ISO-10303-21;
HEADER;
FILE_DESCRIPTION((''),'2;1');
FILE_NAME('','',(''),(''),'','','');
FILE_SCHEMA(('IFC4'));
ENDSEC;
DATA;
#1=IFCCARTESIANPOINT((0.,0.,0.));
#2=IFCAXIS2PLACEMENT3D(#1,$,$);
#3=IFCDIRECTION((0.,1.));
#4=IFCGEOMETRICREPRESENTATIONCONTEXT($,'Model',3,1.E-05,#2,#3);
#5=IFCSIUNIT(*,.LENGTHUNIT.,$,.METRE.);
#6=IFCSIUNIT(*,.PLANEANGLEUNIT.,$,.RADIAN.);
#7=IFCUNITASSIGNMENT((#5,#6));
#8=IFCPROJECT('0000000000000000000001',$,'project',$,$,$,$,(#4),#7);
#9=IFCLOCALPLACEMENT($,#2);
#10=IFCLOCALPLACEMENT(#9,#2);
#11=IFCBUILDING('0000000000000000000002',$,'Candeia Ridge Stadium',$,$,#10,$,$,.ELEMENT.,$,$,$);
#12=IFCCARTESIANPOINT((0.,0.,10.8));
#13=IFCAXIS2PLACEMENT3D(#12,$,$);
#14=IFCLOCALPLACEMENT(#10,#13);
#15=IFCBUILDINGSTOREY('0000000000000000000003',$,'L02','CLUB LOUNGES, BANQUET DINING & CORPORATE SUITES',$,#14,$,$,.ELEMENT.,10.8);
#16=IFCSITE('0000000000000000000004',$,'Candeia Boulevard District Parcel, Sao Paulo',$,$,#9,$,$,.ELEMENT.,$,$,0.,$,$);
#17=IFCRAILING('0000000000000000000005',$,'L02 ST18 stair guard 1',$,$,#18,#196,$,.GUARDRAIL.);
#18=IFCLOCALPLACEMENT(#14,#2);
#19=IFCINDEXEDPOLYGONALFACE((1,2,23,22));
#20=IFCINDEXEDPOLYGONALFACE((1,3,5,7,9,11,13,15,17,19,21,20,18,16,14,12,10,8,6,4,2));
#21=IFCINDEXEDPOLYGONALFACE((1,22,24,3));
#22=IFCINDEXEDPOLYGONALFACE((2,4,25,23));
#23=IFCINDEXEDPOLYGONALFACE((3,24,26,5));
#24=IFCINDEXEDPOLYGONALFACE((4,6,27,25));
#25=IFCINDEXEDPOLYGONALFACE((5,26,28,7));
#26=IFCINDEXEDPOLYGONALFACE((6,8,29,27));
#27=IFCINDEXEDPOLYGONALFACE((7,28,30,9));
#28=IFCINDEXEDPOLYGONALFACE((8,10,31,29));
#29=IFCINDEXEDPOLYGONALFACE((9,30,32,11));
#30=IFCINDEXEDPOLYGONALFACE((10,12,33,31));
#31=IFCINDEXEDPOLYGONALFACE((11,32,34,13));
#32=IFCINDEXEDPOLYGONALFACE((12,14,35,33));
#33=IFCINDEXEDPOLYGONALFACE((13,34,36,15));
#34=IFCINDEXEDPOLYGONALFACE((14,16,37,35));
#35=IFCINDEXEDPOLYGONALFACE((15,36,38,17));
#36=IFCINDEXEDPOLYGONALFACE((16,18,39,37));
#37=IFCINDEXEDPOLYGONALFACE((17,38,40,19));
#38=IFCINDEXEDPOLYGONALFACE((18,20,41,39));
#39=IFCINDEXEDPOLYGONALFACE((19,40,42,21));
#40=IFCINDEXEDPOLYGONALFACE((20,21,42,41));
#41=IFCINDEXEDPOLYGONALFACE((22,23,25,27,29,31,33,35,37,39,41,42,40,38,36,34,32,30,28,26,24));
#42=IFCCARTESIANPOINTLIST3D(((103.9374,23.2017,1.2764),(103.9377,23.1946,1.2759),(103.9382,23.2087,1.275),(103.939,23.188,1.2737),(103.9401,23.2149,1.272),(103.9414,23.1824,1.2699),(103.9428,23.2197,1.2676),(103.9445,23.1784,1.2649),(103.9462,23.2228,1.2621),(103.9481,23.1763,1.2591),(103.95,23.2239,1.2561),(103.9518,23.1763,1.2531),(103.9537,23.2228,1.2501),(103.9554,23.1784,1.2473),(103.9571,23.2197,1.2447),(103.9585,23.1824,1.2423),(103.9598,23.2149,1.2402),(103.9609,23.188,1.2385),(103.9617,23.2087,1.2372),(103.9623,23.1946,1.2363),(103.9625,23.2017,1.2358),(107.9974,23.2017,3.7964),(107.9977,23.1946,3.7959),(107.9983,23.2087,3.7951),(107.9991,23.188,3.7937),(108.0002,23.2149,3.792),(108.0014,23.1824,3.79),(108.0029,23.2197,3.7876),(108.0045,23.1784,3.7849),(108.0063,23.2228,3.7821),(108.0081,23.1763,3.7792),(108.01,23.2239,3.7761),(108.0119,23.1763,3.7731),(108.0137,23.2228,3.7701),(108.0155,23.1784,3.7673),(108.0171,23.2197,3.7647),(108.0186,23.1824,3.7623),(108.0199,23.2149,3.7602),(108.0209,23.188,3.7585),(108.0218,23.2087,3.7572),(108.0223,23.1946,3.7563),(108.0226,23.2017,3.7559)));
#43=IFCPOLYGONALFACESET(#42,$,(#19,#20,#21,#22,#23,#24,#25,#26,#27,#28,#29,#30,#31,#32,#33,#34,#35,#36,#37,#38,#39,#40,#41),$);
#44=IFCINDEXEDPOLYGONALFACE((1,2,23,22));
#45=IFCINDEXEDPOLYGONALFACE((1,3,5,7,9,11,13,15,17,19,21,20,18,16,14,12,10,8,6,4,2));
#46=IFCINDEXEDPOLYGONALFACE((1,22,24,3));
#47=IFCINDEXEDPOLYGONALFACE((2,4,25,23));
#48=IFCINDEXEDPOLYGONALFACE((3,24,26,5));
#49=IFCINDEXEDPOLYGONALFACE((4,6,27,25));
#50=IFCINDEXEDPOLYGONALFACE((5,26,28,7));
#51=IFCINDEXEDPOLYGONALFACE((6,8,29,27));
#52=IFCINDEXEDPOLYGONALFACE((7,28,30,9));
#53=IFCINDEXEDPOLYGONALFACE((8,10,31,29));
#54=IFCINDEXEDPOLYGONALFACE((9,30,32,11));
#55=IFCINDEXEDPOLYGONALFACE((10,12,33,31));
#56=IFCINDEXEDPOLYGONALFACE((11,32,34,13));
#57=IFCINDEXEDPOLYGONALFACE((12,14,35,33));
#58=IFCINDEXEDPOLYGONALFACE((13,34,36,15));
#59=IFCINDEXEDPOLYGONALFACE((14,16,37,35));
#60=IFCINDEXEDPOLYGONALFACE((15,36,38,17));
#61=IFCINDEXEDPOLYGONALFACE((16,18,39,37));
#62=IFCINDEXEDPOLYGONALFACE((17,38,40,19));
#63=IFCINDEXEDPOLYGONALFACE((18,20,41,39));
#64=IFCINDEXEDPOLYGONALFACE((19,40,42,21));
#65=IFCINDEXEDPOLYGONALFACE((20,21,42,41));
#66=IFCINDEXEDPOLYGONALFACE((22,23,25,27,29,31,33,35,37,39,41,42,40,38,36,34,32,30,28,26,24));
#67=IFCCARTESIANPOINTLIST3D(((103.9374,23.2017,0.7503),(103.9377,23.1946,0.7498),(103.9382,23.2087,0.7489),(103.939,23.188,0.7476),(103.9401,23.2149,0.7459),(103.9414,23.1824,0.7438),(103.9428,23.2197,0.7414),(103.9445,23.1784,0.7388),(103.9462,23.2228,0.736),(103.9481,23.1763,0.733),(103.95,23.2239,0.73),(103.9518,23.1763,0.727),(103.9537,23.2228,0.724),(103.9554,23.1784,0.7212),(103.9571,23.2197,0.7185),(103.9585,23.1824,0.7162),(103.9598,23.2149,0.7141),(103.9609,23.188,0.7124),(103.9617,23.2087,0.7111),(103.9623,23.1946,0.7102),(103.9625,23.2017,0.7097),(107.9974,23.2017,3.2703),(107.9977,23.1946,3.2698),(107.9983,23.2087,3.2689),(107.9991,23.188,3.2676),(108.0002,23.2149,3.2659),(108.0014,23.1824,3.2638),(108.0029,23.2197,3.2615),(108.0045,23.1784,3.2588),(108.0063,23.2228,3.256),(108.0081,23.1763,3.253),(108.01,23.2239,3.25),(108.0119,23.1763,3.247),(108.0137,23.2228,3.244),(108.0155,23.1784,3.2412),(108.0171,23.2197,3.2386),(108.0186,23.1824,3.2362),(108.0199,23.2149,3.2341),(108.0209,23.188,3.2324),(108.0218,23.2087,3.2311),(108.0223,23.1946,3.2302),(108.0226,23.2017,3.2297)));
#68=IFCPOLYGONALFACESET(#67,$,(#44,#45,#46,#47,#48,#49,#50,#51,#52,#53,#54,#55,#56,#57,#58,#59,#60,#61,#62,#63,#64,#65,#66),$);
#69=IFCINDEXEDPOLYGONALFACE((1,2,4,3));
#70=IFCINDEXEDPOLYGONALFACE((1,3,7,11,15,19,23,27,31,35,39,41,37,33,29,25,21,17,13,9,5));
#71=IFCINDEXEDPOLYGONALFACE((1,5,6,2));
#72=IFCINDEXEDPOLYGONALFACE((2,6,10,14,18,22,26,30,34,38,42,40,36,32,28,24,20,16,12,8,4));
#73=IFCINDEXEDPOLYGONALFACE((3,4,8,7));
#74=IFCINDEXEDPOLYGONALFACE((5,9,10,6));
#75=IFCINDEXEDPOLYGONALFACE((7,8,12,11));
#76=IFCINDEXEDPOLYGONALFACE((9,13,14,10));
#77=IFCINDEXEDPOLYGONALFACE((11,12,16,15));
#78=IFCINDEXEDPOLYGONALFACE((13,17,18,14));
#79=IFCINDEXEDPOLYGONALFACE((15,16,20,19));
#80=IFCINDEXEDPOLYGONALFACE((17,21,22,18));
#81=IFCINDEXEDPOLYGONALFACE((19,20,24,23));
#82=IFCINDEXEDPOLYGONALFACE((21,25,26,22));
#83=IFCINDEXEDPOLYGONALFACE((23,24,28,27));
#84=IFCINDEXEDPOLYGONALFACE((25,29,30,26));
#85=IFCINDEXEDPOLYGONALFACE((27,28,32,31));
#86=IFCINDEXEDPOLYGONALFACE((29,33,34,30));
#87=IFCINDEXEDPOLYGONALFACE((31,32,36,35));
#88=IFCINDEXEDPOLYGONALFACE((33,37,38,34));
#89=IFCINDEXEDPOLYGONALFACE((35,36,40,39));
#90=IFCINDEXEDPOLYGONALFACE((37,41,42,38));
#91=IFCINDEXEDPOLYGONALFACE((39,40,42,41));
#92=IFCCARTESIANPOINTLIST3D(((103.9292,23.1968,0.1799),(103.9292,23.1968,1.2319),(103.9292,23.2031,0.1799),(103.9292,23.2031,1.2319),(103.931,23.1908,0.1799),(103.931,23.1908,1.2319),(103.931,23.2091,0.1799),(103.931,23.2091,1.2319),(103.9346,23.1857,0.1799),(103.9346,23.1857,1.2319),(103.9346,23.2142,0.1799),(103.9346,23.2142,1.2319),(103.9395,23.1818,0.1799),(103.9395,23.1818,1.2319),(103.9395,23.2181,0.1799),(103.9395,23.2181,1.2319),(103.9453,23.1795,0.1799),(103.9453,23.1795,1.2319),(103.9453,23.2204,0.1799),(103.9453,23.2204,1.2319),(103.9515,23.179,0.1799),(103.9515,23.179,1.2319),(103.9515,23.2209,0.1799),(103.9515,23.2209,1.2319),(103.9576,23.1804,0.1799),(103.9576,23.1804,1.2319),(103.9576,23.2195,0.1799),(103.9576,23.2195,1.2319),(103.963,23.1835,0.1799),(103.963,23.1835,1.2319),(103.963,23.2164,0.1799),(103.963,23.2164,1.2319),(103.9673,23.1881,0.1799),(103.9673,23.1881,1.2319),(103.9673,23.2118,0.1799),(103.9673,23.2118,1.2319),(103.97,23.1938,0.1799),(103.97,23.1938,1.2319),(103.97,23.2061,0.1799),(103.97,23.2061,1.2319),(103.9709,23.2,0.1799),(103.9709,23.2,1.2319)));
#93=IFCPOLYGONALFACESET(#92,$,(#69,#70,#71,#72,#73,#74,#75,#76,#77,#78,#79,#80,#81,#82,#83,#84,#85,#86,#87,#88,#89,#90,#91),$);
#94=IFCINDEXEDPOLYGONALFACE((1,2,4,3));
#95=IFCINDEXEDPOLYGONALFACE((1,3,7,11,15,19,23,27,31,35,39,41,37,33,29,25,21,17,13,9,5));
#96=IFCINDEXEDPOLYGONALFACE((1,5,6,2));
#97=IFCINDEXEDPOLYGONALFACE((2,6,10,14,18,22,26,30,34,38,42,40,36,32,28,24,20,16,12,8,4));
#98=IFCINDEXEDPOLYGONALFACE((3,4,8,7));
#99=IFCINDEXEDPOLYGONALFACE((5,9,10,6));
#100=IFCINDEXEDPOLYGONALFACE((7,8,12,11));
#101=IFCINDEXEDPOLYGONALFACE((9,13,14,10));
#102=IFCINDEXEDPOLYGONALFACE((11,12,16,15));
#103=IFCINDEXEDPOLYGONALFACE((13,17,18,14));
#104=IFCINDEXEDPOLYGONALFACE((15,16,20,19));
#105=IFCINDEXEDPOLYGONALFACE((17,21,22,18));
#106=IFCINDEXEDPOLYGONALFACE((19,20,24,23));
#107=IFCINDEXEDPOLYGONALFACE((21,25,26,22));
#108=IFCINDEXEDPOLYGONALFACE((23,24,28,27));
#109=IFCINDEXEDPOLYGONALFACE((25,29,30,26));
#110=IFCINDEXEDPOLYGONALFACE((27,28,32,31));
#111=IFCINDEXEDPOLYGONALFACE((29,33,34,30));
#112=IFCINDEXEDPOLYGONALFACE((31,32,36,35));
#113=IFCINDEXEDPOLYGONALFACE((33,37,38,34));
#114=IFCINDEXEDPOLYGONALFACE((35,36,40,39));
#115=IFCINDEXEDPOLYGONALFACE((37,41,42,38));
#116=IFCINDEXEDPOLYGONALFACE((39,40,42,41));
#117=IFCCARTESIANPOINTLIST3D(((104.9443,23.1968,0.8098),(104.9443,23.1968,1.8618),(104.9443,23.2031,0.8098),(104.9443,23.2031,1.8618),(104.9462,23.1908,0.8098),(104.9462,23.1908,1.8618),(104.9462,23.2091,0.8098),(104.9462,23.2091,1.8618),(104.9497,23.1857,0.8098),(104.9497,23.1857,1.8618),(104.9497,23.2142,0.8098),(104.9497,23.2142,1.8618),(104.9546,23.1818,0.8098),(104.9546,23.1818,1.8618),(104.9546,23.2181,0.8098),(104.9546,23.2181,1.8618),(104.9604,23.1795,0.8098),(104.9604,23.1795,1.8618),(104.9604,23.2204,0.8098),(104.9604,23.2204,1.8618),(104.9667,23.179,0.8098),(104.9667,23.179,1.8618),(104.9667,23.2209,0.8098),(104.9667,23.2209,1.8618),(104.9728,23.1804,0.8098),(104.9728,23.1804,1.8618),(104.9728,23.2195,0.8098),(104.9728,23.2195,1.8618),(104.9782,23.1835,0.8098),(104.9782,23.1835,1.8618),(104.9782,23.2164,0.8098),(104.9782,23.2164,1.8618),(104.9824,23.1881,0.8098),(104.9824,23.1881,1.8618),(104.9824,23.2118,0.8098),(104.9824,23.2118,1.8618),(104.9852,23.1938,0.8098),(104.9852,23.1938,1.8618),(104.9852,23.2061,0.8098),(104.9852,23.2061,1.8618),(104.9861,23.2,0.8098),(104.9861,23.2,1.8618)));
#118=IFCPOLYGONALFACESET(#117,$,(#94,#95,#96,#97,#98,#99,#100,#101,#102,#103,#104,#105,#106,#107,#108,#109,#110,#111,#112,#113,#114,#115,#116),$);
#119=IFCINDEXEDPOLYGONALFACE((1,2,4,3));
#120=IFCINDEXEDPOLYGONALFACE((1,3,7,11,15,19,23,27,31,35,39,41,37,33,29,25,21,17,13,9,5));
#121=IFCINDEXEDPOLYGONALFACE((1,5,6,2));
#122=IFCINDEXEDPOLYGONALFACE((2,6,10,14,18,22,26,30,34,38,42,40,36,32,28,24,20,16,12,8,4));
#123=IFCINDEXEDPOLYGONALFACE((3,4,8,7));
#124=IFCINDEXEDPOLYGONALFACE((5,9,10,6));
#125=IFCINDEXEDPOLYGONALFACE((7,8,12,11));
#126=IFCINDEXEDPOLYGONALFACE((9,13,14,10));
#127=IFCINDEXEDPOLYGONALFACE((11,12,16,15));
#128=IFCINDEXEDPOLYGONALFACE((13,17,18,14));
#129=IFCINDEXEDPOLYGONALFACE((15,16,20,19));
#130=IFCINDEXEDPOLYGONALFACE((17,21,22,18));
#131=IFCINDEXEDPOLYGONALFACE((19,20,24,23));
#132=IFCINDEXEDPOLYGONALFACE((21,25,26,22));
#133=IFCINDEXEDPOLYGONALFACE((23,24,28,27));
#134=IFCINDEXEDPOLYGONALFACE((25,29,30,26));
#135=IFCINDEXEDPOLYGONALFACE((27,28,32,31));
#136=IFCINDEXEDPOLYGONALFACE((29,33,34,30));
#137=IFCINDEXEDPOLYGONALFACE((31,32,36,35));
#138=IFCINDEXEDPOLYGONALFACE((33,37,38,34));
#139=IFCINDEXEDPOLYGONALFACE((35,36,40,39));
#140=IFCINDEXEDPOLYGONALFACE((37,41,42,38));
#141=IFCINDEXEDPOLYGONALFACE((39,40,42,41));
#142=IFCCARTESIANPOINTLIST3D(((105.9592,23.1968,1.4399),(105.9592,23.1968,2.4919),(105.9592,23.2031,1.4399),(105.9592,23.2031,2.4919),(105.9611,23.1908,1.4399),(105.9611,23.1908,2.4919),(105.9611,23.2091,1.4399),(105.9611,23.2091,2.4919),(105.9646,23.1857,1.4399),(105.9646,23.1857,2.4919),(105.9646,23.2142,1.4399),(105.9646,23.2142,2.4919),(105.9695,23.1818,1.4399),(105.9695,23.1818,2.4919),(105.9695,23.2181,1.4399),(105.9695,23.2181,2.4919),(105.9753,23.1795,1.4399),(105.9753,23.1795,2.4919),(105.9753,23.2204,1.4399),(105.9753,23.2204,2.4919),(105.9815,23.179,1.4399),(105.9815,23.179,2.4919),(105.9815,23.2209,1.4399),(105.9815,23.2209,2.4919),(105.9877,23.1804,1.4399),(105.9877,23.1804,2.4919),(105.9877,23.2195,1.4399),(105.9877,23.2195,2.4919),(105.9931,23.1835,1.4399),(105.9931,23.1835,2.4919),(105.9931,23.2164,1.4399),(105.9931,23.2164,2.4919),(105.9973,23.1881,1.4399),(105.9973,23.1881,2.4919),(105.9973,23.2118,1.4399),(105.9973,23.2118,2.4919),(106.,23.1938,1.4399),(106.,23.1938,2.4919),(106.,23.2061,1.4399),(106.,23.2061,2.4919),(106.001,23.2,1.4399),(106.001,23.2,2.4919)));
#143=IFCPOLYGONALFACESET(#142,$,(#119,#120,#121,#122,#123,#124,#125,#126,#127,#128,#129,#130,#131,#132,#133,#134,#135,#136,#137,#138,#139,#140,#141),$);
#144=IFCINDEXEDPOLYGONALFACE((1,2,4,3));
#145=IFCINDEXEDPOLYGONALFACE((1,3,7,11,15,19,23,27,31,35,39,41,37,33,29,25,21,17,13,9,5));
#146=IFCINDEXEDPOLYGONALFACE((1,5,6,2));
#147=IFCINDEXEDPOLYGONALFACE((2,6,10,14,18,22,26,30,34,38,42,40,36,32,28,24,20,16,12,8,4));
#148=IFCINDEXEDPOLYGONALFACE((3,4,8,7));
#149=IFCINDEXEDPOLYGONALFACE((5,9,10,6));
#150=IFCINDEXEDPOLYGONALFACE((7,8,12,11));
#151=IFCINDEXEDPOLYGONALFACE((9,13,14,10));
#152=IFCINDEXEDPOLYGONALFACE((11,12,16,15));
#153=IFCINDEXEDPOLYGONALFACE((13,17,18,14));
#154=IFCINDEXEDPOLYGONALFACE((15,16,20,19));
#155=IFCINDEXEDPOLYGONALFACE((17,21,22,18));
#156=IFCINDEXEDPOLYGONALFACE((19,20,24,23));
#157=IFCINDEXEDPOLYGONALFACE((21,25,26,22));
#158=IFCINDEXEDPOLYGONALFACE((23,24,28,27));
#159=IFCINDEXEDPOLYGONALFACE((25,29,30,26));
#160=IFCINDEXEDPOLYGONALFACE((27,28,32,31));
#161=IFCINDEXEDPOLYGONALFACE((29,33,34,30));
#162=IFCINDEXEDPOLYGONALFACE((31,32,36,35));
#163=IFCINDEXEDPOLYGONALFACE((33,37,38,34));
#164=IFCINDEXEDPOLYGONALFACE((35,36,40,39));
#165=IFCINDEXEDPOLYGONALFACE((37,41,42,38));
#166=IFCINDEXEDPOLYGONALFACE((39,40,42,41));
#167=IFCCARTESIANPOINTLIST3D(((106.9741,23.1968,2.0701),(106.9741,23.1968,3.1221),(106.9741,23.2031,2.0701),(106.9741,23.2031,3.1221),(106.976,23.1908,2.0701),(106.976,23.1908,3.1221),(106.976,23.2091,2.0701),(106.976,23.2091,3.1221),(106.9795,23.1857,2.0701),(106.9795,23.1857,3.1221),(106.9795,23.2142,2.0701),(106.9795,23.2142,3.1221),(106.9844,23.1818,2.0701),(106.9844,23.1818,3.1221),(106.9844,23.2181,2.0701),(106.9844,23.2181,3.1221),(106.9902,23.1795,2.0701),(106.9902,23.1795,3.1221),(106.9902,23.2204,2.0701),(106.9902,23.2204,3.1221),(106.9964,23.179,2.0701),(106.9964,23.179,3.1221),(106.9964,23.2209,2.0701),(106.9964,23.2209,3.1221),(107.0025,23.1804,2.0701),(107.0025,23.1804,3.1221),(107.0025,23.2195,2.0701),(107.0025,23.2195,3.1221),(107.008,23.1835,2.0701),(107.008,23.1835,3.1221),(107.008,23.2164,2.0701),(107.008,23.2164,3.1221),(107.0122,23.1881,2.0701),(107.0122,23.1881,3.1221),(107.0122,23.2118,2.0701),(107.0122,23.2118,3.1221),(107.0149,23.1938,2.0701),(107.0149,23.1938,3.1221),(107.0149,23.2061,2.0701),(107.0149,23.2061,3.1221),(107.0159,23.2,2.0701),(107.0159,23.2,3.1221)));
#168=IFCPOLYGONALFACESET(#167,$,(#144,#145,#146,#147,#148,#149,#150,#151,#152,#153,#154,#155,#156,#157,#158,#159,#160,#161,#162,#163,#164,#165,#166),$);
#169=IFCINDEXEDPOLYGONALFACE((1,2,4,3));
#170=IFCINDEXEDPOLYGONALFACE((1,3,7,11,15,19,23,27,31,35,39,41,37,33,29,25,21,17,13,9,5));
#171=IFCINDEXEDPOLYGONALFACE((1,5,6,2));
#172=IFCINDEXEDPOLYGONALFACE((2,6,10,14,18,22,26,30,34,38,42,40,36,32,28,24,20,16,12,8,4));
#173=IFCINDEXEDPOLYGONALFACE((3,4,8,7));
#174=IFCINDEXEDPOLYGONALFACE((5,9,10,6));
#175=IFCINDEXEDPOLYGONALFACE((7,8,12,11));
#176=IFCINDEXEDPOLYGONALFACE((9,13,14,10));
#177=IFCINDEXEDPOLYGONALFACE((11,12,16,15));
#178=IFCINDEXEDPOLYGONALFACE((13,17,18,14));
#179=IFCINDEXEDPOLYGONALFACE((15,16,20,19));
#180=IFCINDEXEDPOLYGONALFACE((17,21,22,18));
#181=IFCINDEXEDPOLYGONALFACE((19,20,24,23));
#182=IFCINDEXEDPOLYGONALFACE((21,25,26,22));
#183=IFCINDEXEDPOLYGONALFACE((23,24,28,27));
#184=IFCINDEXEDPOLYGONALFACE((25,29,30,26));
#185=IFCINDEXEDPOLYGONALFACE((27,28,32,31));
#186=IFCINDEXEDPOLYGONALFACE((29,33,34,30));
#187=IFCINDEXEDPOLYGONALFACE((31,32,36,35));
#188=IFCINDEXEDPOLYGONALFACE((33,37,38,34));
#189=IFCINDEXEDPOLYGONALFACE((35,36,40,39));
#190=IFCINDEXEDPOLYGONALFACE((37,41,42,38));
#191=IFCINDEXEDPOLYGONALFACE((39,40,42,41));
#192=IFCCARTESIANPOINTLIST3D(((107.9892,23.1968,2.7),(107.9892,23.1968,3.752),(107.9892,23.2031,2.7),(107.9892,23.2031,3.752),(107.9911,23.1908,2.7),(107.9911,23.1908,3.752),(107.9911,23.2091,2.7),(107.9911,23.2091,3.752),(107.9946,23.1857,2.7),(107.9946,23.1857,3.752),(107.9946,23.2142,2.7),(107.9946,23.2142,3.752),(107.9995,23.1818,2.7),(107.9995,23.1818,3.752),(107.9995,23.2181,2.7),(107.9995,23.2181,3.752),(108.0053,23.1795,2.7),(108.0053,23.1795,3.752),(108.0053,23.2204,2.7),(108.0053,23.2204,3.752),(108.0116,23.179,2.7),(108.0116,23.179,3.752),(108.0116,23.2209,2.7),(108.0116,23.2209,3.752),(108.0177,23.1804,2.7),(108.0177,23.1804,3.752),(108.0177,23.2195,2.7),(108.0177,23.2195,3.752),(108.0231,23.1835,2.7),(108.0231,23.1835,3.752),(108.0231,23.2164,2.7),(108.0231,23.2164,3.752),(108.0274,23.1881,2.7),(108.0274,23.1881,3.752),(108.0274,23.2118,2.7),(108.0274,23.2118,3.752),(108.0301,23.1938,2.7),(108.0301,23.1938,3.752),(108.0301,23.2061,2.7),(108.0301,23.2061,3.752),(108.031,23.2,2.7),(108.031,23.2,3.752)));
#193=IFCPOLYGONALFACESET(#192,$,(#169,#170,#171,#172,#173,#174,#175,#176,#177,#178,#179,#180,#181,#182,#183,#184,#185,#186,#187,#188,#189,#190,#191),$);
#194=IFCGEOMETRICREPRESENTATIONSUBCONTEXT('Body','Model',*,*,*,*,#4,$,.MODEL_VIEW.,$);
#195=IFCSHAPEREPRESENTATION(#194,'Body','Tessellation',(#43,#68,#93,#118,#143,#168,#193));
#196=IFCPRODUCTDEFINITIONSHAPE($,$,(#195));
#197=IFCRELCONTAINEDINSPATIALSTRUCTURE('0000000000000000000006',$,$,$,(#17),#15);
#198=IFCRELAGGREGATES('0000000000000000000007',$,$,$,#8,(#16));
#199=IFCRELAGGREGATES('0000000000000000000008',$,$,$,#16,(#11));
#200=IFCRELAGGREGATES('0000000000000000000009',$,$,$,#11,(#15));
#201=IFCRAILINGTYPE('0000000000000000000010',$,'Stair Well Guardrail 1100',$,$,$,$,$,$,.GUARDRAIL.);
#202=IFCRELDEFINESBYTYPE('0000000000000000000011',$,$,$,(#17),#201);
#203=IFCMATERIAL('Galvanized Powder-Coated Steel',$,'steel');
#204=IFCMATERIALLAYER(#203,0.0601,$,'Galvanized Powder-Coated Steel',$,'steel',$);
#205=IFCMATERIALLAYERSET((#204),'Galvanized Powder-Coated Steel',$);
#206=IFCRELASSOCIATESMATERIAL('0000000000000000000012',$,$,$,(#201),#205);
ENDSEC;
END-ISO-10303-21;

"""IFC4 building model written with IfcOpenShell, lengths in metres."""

from ifc_helpers import new_model, si_unit, direction, frame, origin, origin_2d, place, context, subcontext, project, spatial, circle, extrude, material, layer, layer_set, type_object, element, save


model = new_model("IFC4")

# Units and contexts
model_context = context("Model", 3, precision=1e-05, world=origin(), true_north=direction((0.0, 1.0)))
body_context = subcontext(model_context, "Body", "Model", "MODEL_VIEW")
ifc_project = project(units=[si_unit("LENGTHUNIT", "METRE"), si_unit("PLANEANGLEUNIT", "RADIAN")], contexts=[model_context])

# Site, building, storey
site_placement = place(None, origin())
site = spatial("IfcSite", under=ifc_project, at=site_placement, Name="Candeia Boulevard District Parcel, Sao Paulo", CompositionType="ELEMENT", RefElevation=0.0)
building_placement = place(site_placement, origin())
building = spatial("IfcBuilding", under=site, at=building_placement, Name="Candeia Ridge Stadium", CompositionType="ELEMENT")
storey_placement = place(building_placement, frame((0.0, 0.0, 10.8)))
storey = spatial("IfcBuildingStorey", under=building, at=storey_placement, Name="L02", Description="CLUB LOUNGES, BANQUET DINING & CORPORATE SUITES", CompositionType="ELEMENT", Elevation=10.8)

# Railing
ifc_material_1 = material(Name="Galvanized Powder-Coated Steel", Category="steel")
ifc_layer_1 = layer(ifc_material_1, 0.0601, Name="Galvanized Powder-Coated Steel", Category="steel")
ifc_layer_set_1 = layer_set([ifc_layer_1], Name="Galvanized Powder-Coated Steel")
railing_type_1 = type_object("IfcRailingType", Name="Stair Well Guardrail 1100", PredefinedType="GUARDRAIL", material=ifc_layer_set_1)
railing_1_placement = place(storey_placement, frame((103.95, 23.2, 0.1799)))
element("IfcRailing", 1, at=railing_1_placement, inside=storey, type_object=railing_type_1, Name="L02 ST18 stair guard 1", PredefinedType="GUARDRAIL", context=body_context, shape_type="SweptSolid", body=[
    extrude(circle(Radius=0.0239, at=origin_2d()), frame((0.0, 0.0, 1.0762), z_axis=(0.849642, 0.0, 0.52736), x_axis=(0.0, 1.0, 0.0)), (0.0, 0.0, 1.0), 4.7786),
    extrude(circle(Radius=0.0239, at=origin_2d()), frame((0.0, 0.0, 0.55), z_axis=(0.849642, 0.0, 0.52736), x_axis=(0.0, 1.0, 0.0)), (0.0, 0.0, 1.0), 4.7786),
    extrude(circle(Radius=0.021, at=origin_2d()), origin(), (0.0, 0.0, 1.0), 1.052),
    extrude(circle(Radius=0.021, at=origin_2d()), frame((1.0151, 0.0, 0.6299)), (0.0, 0.0, 1.0), 1.052),
    extrude(circle(Radius=0.021, at=origin_2d()), frame((2.03, 0.0, 1.26)), (0.0, 0.0, 1.0), 1.052),
    extrude(circle(Radius=0.021, at=origin_2d()), frame((3.0449, 0.0, 1.8901)), (0.0, 0.0, 1.0), 1.052),
    extrude(circle(Radius=0.021, at=origin_2d()), frame((4.0601, 0.0, 2.52)), (0.0, 0.0, 1.0), 1.052),
])

save(model, "model.ifc")
